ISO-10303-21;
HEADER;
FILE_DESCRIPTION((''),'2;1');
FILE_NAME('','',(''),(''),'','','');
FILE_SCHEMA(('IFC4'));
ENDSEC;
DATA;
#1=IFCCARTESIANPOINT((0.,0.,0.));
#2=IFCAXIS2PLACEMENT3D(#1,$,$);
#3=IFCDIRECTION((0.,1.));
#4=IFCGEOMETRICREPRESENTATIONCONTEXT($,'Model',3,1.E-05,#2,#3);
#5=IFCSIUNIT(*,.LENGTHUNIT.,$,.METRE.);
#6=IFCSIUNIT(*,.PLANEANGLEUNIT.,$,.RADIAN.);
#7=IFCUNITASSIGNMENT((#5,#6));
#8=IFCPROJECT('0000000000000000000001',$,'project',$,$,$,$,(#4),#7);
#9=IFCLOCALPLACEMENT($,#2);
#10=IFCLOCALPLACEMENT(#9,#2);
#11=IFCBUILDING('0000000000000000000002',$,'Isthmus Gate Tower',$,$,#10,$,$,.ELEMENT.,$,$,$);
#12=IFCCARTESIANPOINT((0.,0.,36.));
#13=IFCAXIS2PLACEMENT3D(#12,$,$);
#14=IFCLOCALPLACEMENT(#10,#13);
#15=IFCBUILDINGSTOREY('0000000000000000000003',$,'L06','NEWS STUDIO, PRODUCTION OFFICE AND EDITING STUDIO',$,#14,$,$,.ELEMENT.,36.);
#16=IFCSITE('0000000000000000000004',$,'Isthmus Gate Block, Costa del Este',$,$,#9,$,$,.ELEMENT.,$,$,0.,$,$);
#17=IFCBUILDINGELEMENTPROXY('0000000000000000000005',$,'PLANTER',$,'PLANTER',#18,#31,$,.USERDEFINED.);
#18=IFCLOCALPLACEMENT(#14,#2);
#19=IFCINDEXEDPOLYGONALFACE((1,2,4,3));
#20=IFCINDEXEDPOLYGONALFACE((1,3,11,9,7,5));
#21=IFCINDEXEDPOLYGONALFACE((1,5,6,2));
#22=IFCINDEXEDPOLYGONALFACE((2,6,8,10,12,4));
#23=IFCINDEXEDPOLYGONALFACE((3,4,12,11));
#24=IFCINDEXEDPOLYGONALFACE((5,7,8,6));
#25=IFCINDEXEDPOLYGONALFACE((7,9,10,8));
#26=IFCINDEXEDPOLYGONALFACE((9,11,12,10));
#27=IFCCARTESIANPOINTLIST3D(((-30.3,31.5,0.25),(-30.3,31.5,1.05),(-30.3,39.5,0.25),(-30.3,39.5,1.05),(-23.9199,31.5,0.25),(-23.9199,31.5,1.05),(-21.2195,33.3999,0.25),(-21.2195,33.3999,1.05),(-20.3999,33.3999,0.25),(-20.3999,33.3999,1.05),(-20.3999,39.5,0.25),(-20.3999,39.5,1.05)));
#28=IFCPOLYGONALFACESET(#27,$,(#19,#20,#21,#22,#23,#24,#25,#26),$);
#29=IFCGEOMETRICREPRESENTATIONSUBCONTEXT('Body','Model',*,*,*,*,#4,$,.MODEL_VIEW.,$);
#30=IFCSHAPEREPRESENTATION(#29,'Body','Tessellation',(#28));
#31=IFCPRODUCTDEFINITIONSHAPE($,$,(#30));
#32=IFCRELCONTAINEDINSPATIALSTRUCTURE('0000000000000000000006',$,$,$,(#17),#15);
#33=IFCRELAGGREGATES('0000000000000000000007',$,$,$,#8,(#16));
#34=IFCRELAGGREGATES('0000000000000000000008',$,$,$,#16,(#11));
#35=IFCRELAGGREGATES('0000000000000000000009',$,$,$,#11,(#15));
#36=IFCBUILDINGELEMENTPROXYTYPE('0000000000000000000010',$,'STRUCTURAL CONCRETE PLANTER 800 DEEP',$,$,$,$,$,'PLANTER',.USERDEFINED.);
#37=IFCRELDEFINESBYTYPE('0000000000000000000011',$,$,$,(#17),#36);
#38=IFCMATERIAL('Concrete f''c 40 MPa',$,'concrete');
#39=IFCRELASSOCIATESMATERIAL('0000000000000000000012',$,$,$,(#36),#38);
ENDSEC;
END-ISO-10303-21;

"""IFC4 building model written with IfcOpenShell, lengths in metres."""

from ifc_helpers import new_model, si_unit, direction, frame, origin, place, context, subcontext, project, spatial, polyline, outline, extrude, material, type_object, element, save


model = new_model("IFC4")

# Units and contexts
model_context = context("Model", 3, precision=1e-05, world=origin(), true_north=direction((0.0, 1.0)))
body_context = subcontext(model_context, "Body", "Model", "MODEL_VIEW")
ifc_project = project(units=[si_unit("LENGTHUNIT", "METRE"), si_unit("PLANEANGLEUNIT", "RADIAN")], contexts=[model_context])

# Site, building, storey
site_placement = place(None, origin())
site = spatial("IfcSite", under=ifc_project, at=site_placement, Name="Isthmus Gate Block, Costa del Este", CompositionType="ELEMENT", RefElevation=0.0)
building_placement = place(site_placement, origin())
building = spatial("IfcBuilding", under=site, at=building_placement, Name="Isthmus Gate Tower", CompositionType="ELEMENT")
storey_placement = place(building_placement, frame((0.0, 0.0, 36.0)))
storey = spatial("IfcBuildingStorey", under=building, at=storey_placement, Name="L06", Description="NEWS STUDIO, PRODUCTION OFFICE AND EDITING STUDIO", CompositionType="ELEMENT", Elevation=36.0)

# Building element proxy
ifc_material_1 = material(Name="Concrete f'c 40 MPa", Category="concrete")
building_element_proxy_type = type_object("IfcBuildingElementProxyType", Name="STRUCTURAL CONCRETE PLANTER 800 DEEP", ElementType="PLANTER", PredefinedType="USERDEFINED", material=ifc_material_1)
proxy_1_placement = place(storey_placement, frame((0.0, 0.0, 0.25)))
element("IfcBuildingElementProxy", 1, at=proxy_1_placement, inside=storey, type_object=building_element_proxy_type, Name="PLANTER", ObjectType="PLANTER", PredefinedType="USERDEFINED", context=body_context, shape_type="SweptSolid", body=[
    extrude(outline(polyline([(-20.3999, 33.3999), (-20.3999, 39.5), (-30.3, 39.5), (-30.3, 31.5), (-23.9199, 31.5), (-21.2195, 33.3999), (-20.3999, 33.3999)])), origin(), (0.0, 0.0, 1.0), 0.8),
])

save(model, "model.ifc")
